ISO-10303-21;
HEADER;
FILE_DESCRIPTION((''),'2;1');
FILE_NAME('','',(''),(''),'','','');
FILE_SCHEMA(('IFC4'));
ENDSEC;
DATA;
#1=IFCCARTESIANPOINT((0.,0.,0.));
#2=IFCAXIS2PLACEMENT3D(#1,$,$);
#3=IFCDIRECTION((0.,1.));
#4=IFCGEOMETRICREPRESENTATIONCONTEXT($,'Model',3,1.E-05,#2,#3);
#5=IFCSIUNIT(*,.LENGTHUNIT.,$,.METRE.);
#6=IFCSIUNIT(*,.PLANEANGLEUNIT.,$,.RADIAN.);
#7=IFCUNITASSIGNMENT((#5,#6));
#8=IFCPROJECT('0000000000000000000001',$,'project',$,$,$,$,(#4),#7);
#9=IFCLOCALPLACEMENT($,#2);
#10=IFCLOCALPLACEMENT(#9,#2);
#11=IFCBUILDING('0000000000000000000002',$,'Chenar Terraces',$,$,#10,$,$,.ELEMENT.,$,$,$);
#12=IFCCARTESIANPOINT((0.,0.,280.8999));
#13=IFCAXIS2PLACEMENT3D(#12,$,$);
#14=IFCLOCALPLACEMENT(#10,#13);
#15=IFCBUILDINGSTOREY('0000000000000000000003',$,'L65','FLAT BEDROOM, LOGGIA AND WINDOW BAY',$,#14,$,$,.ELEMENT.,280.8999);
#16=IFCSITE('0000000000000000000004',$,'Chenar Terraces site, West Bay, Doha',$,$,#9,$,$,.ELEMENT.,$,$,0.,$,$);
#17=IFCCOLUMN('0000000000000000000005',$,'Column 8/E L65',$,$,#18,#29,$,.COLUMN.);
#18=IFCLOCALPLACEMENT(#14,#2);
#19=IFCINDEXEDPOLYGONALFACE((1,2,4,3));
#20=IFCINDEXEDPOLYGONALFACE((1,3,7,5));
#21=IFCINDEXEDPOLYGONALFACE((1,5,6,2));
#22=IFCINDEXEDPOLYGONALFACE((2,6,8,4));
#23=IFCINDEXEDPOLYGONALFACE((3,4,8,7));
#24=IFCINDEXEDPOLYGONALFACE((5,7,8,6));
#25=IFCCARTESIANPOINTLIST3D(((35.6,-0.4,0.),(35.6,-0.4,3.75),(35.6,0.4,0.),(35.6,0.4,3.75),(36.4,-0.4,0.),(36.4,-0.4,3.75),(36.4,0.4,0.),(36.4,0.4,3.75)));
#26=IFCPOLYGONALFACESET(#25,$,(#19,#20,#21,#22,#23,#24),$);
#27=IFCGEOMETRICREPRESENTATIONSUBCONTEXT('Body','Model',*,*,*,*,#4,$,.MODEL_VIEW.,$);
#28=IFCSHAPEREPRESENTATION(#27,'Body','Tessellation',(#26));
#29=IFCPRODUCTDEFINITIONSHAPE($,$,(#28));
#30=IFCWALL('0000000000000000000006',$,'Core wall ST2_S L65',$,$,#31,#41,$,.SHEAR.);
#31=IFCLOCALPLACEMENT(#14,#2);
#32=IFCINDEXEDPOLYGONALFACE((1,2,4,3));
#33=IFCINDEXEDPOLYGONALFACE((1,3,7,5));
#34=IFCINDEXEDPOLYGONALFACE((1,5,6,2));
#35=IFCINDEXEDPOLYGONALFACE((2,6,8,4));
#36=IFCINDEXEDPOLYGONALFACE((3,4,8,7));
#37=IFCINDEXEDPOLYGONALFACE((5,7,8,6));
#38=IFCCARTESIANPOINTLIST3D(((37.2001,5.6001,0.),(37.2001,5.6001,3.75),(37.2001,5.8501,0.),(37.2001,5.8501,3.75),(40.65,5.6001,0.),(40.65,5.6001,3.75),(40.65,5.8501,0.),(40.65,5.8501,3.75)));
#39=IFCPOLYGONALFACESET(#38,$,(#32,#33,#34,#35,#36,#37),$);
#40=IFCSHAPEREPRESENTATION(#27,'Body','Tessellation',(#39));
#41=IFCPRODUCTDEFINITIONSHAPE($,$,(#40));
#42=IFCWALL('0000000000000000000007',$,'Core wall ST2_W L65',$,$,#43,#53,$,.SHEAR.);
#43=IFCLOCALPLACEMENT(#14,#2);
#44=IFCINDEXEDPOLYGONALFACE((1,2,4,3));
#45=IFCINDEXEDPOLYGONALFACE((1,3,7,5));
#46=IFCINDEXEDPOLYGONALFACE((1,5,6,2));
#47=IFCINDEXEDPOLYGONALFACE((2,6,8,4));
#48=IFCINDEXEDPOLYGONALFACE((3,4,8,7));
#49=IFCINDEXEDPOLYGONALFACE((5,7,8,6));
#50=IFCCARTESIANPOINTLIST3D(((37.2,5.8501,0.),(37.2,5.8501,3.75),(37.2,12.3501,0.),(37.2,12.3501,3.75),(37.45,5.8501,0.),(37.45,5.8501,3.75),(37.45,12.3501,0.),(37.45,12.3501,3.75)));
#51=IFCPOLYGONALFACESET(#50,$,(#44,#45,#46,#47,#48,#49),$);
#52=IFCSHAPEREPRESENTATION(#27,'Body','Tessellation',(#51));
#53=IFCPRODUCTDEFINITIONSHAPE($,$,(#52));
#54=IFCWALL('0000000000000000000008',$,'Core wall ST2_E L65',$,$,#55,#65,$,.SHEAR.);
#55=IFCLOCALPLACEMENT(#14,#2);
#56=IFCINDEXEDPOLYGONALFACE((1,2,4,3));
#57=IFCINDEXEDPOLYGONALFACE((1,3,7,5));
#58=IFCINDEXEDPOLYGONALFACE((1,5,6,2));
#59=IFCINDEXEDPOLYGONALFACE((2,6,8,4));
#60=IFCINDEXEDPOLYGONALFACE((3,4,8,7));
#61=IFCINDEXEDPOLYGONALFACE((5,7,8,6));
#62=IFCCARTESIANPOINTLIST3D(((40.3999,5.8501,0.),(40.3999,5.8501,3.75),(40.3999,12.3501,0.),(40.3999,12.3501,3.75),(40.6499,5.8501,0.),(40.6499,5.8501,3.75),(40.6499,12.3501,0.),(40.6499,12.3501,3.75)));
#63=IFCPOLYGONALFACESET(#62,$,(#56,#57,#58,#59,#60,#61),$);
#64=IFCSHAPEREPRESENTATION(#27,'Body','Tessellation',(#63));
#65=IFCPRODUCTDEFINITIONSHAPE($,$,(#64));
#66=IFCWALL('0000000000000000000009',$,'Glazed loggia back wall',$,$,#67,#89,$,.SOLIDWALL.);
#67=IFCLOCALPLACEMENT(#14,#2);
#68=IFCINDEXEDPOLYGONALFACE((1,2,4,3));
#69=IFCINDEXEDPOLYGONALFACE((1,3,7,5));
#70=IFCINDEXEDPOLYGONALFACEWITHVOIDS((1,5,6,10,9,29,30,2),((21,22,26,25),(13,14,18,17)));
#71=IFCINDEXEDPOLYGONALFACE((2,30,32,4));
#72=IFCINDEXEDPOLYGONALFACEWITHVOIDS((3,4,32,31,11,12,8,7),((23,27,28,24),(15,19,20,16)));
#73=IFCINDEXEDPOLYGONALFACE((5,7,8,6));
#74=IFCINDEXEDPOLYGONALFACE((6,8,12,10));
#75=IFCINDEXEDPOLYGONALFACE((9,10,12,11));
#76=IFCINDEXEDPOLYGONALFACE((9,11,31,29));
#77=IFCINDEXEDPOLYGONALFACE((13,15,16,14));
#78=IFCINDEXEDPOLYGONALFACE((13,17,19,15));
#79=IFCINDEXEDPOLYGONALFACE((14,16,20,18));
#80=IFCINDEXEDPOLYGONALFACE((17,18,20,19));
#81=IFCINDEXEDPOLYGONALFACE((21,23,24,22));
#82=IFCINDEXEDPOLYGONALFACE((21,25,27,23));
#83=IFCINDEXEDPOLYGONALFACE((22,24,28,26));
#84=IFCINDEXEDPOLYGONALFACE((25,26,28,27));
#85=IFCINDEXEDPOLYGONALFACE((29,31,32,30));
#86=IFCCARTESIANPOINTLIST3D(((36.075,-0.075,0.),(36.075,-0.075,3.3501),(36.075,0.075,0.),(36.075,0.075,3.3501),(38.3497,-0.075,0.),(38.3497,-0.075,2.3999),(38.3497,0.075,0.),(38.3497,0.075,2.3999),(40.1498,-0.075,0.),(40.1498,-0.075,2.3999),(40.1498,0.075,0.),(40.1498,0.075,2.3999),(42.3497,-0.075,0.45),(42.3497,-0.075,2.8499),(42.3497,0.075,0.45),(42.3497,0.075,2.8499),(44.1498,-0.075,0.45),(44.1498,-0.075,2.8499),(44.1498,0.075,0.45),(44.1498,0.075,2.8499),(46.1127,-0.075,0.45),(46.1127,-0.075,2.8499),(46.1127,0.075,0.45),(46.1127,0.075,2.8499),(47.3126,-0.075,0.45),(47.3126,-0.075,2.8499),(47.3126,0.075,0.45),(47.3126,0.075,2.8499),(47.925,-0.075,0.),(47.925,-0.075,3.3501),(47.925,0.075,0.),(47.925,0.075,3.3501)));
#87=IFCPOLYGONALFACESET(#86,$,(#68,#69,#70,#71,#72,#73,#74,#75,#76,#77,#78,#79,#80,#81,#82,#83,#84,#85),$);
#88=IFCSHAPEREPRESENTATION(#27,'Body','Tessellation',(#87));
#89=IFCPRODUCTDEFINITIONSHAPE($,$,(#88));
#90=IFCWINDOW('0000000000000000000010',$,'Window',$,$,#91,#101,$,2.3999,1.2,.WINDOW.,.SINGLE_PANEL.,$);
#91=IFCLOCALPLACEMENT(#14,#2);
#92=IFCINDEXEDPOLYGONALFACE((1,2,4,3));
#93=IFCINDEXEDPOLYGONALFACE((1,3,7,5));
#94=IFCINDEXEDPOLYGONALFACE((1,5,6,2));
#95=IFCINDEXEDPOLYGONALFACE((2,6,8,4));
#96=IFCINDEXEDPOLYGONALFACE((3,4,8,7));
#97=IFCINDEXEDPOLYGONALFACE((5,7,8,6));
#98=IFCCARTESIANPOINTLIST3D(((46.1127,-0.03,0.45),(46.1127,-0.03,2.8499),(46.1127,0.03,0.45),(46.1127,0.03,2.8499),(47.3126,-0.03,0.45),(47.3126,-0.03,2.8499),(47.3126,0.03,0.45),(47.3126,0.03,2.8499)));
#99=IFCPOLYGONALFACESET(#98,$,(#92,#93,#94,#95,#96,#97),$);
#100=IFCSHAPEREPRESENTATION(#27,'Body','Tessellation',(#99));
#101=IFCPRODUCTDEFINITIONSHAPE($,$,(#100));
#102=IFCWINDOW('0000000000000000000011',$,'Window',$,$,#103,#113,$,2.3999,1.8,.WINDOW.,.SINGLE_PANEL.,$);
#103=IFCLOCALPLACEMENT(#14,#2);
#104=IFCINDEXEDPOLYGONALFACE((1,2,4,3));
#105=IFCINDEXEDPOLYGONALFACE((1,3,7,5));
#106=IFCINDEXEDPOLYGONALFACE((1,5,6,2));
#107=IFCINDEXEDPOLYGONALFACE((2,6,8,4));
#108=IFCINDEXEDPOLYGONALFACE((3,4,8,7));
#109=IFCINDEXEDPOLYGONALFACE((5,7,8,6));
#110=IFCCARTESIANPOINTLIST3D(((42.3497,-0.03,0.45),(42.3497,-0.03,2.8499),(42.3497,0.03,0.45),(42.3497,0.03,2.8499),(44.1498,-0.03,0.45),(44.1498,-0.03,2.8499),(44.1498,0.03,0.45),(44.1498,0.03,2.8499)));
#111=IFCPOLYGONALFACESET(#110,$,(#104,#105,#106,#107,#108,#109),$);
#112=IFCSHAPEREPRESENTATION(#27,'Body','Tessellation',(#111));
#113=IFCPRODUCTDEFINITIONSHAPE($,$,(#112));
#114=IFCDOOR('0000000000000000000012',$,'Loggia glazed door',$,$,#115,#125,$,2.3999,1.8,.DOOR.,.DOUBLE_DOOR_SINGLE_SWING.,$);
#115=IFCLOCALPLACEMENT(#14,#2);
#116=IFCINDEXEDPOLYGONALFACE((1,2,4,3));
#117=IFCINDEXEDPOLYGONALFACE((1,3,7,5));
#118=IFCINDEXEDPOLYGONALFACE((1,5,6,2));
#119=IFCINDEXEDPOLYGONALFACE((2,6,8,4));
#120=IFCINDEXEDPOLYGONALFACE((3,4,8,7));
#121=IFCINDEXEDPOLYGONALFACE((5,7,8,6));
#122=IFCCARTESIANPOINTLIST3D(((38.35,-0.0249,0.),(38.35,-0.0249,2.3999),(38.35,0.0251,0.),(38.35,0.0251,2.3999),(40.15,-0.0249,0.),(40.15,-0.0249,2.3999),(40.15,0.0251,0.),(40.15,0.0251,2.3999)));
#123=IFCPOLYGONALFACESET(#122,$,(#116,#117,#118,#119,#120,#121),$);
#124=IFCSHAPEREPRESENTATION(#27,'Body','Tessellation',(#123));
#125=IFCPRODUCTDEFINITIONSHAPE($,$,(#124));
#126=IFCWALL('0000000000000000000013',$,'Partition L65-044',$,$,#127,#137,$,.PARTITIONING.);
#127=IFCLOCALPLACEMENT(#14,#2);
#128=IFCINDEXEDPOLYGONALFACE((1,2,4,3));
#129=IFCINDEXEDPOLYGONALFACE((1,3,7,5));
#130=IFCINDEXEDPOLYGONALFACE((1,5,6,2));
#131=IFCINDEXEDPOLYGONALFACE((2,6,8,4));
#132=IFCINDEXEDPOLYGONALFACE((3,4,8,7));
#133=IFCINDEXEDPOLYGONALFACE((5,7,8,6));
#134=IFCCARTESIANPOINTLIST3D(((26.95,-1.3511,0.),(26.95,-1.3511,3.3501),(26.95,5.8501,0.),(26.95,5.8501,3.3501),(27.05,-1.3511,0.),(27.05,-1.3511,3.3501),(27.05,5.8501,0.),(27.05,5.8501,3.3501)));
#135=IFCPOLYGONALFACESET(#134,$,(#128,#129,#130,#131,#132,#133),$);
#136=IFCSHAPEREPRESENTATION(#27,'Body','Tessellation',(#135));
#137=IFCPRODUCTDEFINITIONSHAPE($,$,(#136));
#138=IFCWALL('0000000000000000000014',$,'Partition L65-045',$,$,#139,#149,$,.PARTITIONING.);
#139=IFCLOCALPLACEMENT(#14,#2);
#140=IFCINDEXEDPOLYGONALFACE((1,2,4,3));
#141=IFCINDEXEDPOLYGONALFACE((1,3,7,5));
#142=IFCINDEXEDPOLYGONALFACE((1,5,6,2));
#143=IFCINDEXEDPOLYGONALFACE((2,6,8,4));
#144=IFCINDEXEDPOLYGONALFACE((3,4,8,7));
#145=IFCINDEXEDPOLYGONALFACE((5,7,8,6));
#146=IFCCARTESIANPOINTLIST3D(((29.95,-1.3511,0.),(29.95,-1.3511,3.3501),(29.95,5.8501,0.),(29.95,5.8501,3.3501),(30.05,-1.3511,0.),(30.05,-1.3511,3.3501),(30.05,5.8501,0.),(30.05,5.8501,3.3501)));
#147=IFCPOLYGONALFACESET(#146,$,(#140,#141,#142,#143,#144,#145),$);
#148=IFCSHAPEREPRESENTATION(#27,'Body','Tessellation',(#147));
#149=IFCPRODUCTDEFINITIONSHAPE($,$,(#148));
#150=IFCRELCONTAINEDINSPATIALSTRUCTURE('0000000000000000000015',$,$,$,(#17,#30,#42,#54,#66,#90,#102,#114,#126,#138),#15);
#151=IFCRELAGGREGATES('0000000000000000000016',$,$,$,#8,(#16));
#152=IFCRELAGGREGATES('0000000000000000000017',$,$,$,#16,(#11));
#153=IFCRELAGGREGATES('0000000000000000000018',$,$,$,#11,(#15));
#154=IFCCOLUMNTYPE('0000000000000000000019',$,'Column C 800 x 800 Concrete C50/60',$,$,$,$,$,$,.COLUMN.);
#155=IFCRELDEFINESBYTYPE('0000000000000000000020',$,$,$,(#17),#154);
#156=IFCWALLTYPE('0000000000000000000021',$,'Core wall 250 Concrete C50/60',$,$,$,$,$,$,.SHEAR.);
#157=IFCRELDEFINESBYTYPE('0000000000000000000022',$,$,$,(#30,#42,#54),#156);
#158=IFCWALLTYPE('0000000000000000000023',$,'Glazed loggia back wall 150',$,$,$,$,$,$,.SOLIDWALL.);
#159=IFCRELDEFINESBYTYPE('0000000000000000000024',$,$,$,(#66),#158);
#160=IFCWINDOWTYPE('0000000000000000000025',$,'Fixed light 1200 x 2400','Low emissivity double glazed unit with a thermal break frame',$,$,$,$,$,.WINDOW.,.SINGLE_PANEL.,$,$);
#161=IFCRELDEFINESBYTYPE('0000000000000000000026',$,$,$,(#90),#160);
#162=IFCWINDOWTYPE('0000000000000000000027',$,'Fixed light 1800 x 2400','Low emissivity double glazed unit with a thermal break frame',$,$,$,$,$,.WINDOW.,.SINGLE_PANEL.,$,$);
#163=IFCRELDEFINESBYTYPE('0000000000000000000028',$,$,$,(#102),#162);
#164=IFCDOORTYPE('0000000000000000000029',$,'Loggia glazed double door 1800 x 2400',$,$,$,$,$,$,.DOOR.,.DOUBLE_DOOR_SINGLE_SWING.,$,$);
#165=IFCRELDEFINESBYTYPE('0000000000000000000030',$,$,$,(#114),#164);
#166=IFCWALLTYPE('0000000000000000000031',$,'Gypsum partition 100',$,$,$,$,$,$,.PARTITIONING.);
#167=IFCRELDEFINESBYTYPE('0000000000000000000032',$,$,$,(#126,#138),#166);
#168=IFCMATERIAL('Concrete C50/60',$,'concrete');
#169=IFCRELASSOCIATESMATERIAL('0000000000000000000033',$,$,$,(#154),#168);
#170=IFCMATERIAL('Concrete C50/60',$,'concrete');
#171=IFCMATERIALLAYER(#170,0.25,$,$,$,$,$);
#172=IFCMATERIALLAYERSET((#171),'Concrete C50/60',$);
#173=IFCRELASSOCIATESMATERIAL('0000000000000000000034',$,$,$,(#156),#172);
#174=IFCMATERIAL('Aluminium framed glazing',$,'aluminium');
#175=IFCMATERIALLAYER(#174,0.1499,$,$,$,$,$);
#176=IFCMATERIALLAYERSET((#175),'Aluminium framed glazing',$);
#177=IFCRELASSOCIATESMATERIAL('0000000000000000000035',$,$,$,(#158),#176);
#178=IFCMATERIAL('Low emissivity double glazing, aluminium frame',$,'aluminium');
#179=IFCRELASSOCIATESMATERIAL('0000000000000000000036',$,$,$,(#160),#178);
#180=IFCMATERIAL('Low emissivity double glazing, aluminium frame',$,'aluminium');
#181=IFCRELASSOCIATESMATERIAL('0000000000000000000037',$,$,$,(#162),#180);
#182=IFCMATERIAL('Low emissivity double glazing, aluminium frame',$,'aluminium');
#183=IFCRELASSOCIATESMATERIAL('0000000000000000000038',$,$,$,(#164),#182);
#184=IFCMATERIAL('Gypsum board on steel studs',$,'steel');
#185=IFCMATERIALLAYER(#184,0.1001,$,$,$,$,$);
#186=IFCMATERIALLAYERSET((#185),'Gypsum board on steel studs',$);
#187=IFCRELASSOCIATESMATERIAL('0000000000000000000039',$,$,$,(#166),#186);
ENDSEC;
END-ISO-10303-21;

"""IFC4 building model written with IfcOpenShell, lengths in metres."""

from ifc_helpers import new_model, si_unit, direction, frame, frame_2d, origin, origin_2d, place, context, subcontext, project, spatial, rectangle, extrude, material, layer, layer_set, material_profile, profile_set, type_object, element, fill, save


model = new_model("IFC4")

# Units and contexts
model_context = context("Model", 3, precision=1e-05, world=origin(), true_north=direction((0.0, 1.0)))
body_context = subcontext(model_context, "Body", "Model", "MODEL_VIEW")
ifc_project = project(units=[si_unit("LENGTHUNIT", "METRE"), si_unit("PLANEANGLEUNIT", "RADIAN")], contexts=[model_context])

# Site, building, storey
site_placement = place(None, origin())
site = spatial("IfcSite", under=ifc_project, at=site_placement, Name="Chenar Terraces site, West Bay, Doha", CompositionType="ELEMENT", RefElevation=0.0)
building_placement = place(site_placement, origin())
building = spatial("IfcBuilding", under=site, at=building_placement, Name="Chenar Terraces", CompositionType="ELEMENT")
storey_placement = place(building_placement, frame((0.0, 0.0, 280.8999)))
storey = spatial("IfcBuildingStorey", under=building, at=storey_placement, Name="L65", Description="FLAT BEDROOM, LOGGIA AND WINDOW BAY", CompositionType="ELEMENT", Elevation=280.8999)

# Column
ifc_material_1 = material(Name="Concrete C50/60", Category="concrete")
ifc_material_profile_1 = material_profile(ifc_material_1, rectangle(XDim=0.8, YDim=0.8, at=origin_2d()), Name="C 800 x 800")
ifc_profile_set_1 = profile_set([ifc_material_profile_1], Name="Concrete C50/60")
column_type = type_object("IfcColumnType", Name="Column C 800 x 800 Concrete C50/60", PredefinedType="COLUMN", material=ifc_profile_set_1)
column_placement = place(storey_placement, frame((36.0, 0.0, 0.0), z_axis=(0.0, 0.0, 1.0), x_axis=(1.0, 0.0, 0.0)))
element("IfcColumn", 1, at=column_placement, inside=storey, type_object=column_type, Name="Column 8/E L65", PredefinedType="COLUMN", context=body_context, shape_type="SweptSolid", body=[
    extrude(rectangle(XDim=0.8, YDim=0.8, at=origin_2d()), origin(), (0.0, 0.0, 1.0), 3.75),
])

# Walls
ifc_material_2 = material(Name="Concrete C50/60", Category="concrete")
ifc_layer_1 = layer(ifc_material_2, 0.25)
ifc_layer_set_1 = layer_set([ifc_layer_1], Name="Concrete C50/60")
wall_type_1 = type_object("IfcWallType", Name="Core wall 250 Concrete C50/60", PredefinedType="SHEAR", material=ifc_layer_set_1)
wall_1_placement = place(storey_placement, frame((37.2, 5.7251, 0.0), z_axis=(0.0, 0.0, 1.0), x_axis=(1.0, 0.0, 0.0)))
element("IfcWall", 2, at=wall_1_placement, inside=storey, type_object=wall_type_1, Name="Core wall ST2_S L65", PredefinedType="SHEAR", context=body_context, shape_type="SweptSolid", body=[
    extrude(rectangle(XDim=3.45, YDim=0.25, at=frame_2d((1.7251, 0.0))), origin(), (0.0, 0.0, 1.0), 3.75),
])
for number, where, z_axis, x_axis, name in (
    (3, (37.325, 5.8501, 0.0), (0.0, 0.0, 1.0), (0.0, 1.0, 0.0), "Core wall ST2_W L65"),
    (4, (40.5249, 5.8501, 0.0), (0.0, 0.0, 1.0), (0.0, 1.0, 0.0), "Core wall ST2_E L65"),
):
    element("IfcWall", number, at=place(storey_placement, frame(where, z_axis=z_axis, x_axis=x_axis)), inside=storey, type_object=wall_type_1, Name=name, PredefinedType="SHEAR", context=body_context, shape_type="SweptSolid", body=[
        extrude(rectangle(XDim=6.5, YDim=0.25, at=frame_2d((3.25, 0.0))), origin(), (0.0, 0.0, 1.0), 3.75),
    ])

# Wall, openings, windows, door
ifc_material_3 = material(Name="Aluminium framed glazing", Category="aluminium")
ifc_layer_2 = layer(ifc_material_3, 0.1499)
ifc_layer_set_2 = layer_set([ifc_layer_2], Name="Aluminium framed glazing")
wall_type_2 = type_object("IfcWallType", Name="Glazed loggia back wall 150", PredefinedType="SOLIDWALL", material=ifc_layer_set_2)
wall_2_placement = place(storey_placement, frame((36.075, 0.0, 0.0), z_axis=(0.0, 0.0, 1.0), x_axis=(1.0, 0.0, 0.0)))
wall_2 = element("IfcWall", 5, at=wall_2_placement, inside=storey, type_object=wall_type_2, Name="Glazed loggia back wall", PredefinedType="SOLIDWALL", context=body_context, shape_type="SweptSolid", body=[
    extrude(rectangle(XDim=11.8501, YDim=0.1499, at=frame_2d((5.925, 0.0))), origin(), (0.0, 0.0, 1.0), 3.3501),
])
opening_1_placement = place(wall_2_placement, frame((2.2749, 0.0, 0.0)))
opening_1 = element("IfcOpeningElement", 6, at=opening_1_placement, cuts=wall_2, PredefinedType="OPENING", context=body_context, shape_type="SweptSolid", body=[
    extrude(rectangle(XDim=1.8, YDim=2.3999, at=frame_2d((0.8999, 1.2))), frame((0.0, 0.085, 0.0), z_axis=(0.0, -1.0, 0.0), x_axis=(1.0, 0.0, 0.0)), (0.0, 0.0, 1.0), 0.1699),
])
opening_2_placement = place(wall_2_placement, frame((6.2749, 0.0, 0.45)))
opening_2 = element("IfcOpeningElement", 7, at=opening_2_placement, cuts=wall_2, PredefinedType="OPENING", context=body_context, shape_type="SweptSolid", body=[
    extrude(rectangle(XDim=1.8, YDim=2.3999, at=frame_2d((0.8999, 1.2))), frame((0.0, 0.085, 0.0), z_axis=(0.0, -1.0, 0.0), x_axis=(1.0, 0.0, 0.0)), (0.0, 0.0, 1.0), 0.1699),
])
opening_3_placement = place(wall_2_placement, frame((10.0376, 0.0, 0.45)))
opening_3 = element("IfcOpeningElement", 8, at=opening_3_placement, cuts=wall_2, PredefinedType="OPENING", context=body_context, shape_type="SweptSolid", body=[
    extrude(rectangle(XDim=1.2, YDim=2.3999, at=frame_2d((0.6001, 1.2))), frame((0.0, 0.085, 0.0), z_axis=(0.0, -1.0, 0.0), x_axis=(1.0, 0.0, 0.0)), (0.0, 0.0, 1.0), 0.1699),
])
ifc_material_4 = material(Name="Low emissivity double glazing, aluminium frame", Category="aluminium")
window_type_1 = type_object("IfcWindowType", Name="Fixed light 1200 x 2400", Description="Low emissivity double glazed unit with a thermal break frame", PartitioningType="SINGLE_PANEL", PredefinedType="WINDOW", material=ifc_material_4)
window_1_placement = place(opening_3_placement, origin())
window_1 = element("IfcWindow", 9, at=window_1_placement, inside=storey, type_object=window_type_1, Name="Window", OverallHeight=2.3999, OverallWidth=1.2, PartitioningType="SINGLE_PANEL", PredefinedType="WINDOW", context=body_context, shape_type="SweptSolid", body=[
    extrude(rectangle(XDim=1.2, YDim=2.3999, at=frame_2d((0.6001, 1.2))), frame((0.0, 0.03, 0.0), z_axis=(0.0, -1.0, 0.0), x_axis=(1.0, 0.0, 0.0)), (0.0, 0.0, 1.0), 0.0601),
])
fill(opening_3, window_1)
ifc_material_5 = material(Name="Low emissivity double glazing, aluminium frame", Category="aluminium")
window_type_2 = type_object("IfcWindowType", Name="Fixed light 1800 x 2400", Description="Low emissivity double glazed unit with a thermal break frame", PartitioningType="SINGLE_PANEL", PredefinedType="WINDOW", material=ifc_material_5)
window_2_placement = place(opening_2_placement, origin())
window_2 = element("IfcWindow", 10, at=window_2_placement, inside=storey, type_object=window_type_2, Name="Window", OverallHeight=2.3999, OverallWidth=1.8, PartitioningType="SINGLE_PANEL", PredefinedType="WINDOW", context=body_context, shape_type="SweptSolid", body=[
    extrude(rectangle(XDim=1.8, YDim=2.3999, at=frame_2d((0.8999, 1.2))), frame((0.0, 0.03, 0.0), z_axis=(0.0, -1.0, 0.0), x_axis=(1.0, 0.0, 0.0)), (0.0, 0.0, 1.0), 0.0601),
])
fill(opening_2, window_2)
ifc_material_6 = material(Name="Low emissivity double glazing, aluminium frame", Category="aluminium")
door_type_1 = type_object("IfcDoorType", Name="Loggia glazed double door 1800 x 2400", OperationType="DOUBLE_DOOR_SINGLE_SWING", PredefinedType="DOOR", material=ifc_material_6)
door_1_placement = place(opening_1_placement, frame((1.8, 0.0, 0.0), z_axis=(0.0, 0.0, 1.0), x_axis=(-1.0, 0.0, 0.0)))
door_1 = element("IfcDoor", 11, at=door_1_placement, inside=storey, type_object=door_type_1, Name="Loggia glazed door", OperationType="DOUBLE_DOOR_SINGLE_SWING", OverallHeight=2.3999, OverallWidth=1.8, PredefinedType="DOOR", context=body_context, shape_type="SweptSolid", body=[
    extrude(rectangle(XDim=1.8, YDim=2.3999, at=frame_2d((0.8999, 1.2))), frame((0.0, 0.0249, 0.0), z_axis=(0.0, -1.0, 0.0), x_axis=(1.0, 0.0, 0.0)), (0.0, 0.0, 1.0), 0.05),
])
fill(opening_1, door_1)

# Walls
ifc_material_7 = material(Name="Gypsum board on steel studs", Category="steel")
ifc_layer_3 = layer(ifc_material_7, 0.1001)
ifc_layer_set_3 = layer_set([ifc_layer_3], Name="Gypsum board on steel studs")
wall_type_3 = type_object("IfcWallType", Name="Gypsum partition 100", PredefinedType="PARTITIONING", material=ifc_layer_set_3)
for number, where, z_axis, x_axis, name in (
    (12, (27.0, -1.3511, 0.0), (0.0, 0.0, 1.0), (0.0, 1.0, 0.0), "Partition L65-044"),
    (13, (30.0, -1.3511, 0.0), (0.0, 0.0, 1.0), (0.0, 1.0, 0.0), "Partition L65-045"),
):
    element("IfcWall", number, at=place(storey_placement, frame(where, z_axis=z_axis, x_axis=x_axis)), inside=storey, type_object=wall_type_3, Name=name, PredefinedType="PARTITIONING", context=body_context, shape_type="SweptSolid", body=[
        extrude(rectangle(XDim=7.2012, YDim=0.1001, at=frame_2d((3.6006, 0.0))), origin(), (0.0, 0.0, 1.0), 3.3501),
    ])

save(model, "model.ifc")
